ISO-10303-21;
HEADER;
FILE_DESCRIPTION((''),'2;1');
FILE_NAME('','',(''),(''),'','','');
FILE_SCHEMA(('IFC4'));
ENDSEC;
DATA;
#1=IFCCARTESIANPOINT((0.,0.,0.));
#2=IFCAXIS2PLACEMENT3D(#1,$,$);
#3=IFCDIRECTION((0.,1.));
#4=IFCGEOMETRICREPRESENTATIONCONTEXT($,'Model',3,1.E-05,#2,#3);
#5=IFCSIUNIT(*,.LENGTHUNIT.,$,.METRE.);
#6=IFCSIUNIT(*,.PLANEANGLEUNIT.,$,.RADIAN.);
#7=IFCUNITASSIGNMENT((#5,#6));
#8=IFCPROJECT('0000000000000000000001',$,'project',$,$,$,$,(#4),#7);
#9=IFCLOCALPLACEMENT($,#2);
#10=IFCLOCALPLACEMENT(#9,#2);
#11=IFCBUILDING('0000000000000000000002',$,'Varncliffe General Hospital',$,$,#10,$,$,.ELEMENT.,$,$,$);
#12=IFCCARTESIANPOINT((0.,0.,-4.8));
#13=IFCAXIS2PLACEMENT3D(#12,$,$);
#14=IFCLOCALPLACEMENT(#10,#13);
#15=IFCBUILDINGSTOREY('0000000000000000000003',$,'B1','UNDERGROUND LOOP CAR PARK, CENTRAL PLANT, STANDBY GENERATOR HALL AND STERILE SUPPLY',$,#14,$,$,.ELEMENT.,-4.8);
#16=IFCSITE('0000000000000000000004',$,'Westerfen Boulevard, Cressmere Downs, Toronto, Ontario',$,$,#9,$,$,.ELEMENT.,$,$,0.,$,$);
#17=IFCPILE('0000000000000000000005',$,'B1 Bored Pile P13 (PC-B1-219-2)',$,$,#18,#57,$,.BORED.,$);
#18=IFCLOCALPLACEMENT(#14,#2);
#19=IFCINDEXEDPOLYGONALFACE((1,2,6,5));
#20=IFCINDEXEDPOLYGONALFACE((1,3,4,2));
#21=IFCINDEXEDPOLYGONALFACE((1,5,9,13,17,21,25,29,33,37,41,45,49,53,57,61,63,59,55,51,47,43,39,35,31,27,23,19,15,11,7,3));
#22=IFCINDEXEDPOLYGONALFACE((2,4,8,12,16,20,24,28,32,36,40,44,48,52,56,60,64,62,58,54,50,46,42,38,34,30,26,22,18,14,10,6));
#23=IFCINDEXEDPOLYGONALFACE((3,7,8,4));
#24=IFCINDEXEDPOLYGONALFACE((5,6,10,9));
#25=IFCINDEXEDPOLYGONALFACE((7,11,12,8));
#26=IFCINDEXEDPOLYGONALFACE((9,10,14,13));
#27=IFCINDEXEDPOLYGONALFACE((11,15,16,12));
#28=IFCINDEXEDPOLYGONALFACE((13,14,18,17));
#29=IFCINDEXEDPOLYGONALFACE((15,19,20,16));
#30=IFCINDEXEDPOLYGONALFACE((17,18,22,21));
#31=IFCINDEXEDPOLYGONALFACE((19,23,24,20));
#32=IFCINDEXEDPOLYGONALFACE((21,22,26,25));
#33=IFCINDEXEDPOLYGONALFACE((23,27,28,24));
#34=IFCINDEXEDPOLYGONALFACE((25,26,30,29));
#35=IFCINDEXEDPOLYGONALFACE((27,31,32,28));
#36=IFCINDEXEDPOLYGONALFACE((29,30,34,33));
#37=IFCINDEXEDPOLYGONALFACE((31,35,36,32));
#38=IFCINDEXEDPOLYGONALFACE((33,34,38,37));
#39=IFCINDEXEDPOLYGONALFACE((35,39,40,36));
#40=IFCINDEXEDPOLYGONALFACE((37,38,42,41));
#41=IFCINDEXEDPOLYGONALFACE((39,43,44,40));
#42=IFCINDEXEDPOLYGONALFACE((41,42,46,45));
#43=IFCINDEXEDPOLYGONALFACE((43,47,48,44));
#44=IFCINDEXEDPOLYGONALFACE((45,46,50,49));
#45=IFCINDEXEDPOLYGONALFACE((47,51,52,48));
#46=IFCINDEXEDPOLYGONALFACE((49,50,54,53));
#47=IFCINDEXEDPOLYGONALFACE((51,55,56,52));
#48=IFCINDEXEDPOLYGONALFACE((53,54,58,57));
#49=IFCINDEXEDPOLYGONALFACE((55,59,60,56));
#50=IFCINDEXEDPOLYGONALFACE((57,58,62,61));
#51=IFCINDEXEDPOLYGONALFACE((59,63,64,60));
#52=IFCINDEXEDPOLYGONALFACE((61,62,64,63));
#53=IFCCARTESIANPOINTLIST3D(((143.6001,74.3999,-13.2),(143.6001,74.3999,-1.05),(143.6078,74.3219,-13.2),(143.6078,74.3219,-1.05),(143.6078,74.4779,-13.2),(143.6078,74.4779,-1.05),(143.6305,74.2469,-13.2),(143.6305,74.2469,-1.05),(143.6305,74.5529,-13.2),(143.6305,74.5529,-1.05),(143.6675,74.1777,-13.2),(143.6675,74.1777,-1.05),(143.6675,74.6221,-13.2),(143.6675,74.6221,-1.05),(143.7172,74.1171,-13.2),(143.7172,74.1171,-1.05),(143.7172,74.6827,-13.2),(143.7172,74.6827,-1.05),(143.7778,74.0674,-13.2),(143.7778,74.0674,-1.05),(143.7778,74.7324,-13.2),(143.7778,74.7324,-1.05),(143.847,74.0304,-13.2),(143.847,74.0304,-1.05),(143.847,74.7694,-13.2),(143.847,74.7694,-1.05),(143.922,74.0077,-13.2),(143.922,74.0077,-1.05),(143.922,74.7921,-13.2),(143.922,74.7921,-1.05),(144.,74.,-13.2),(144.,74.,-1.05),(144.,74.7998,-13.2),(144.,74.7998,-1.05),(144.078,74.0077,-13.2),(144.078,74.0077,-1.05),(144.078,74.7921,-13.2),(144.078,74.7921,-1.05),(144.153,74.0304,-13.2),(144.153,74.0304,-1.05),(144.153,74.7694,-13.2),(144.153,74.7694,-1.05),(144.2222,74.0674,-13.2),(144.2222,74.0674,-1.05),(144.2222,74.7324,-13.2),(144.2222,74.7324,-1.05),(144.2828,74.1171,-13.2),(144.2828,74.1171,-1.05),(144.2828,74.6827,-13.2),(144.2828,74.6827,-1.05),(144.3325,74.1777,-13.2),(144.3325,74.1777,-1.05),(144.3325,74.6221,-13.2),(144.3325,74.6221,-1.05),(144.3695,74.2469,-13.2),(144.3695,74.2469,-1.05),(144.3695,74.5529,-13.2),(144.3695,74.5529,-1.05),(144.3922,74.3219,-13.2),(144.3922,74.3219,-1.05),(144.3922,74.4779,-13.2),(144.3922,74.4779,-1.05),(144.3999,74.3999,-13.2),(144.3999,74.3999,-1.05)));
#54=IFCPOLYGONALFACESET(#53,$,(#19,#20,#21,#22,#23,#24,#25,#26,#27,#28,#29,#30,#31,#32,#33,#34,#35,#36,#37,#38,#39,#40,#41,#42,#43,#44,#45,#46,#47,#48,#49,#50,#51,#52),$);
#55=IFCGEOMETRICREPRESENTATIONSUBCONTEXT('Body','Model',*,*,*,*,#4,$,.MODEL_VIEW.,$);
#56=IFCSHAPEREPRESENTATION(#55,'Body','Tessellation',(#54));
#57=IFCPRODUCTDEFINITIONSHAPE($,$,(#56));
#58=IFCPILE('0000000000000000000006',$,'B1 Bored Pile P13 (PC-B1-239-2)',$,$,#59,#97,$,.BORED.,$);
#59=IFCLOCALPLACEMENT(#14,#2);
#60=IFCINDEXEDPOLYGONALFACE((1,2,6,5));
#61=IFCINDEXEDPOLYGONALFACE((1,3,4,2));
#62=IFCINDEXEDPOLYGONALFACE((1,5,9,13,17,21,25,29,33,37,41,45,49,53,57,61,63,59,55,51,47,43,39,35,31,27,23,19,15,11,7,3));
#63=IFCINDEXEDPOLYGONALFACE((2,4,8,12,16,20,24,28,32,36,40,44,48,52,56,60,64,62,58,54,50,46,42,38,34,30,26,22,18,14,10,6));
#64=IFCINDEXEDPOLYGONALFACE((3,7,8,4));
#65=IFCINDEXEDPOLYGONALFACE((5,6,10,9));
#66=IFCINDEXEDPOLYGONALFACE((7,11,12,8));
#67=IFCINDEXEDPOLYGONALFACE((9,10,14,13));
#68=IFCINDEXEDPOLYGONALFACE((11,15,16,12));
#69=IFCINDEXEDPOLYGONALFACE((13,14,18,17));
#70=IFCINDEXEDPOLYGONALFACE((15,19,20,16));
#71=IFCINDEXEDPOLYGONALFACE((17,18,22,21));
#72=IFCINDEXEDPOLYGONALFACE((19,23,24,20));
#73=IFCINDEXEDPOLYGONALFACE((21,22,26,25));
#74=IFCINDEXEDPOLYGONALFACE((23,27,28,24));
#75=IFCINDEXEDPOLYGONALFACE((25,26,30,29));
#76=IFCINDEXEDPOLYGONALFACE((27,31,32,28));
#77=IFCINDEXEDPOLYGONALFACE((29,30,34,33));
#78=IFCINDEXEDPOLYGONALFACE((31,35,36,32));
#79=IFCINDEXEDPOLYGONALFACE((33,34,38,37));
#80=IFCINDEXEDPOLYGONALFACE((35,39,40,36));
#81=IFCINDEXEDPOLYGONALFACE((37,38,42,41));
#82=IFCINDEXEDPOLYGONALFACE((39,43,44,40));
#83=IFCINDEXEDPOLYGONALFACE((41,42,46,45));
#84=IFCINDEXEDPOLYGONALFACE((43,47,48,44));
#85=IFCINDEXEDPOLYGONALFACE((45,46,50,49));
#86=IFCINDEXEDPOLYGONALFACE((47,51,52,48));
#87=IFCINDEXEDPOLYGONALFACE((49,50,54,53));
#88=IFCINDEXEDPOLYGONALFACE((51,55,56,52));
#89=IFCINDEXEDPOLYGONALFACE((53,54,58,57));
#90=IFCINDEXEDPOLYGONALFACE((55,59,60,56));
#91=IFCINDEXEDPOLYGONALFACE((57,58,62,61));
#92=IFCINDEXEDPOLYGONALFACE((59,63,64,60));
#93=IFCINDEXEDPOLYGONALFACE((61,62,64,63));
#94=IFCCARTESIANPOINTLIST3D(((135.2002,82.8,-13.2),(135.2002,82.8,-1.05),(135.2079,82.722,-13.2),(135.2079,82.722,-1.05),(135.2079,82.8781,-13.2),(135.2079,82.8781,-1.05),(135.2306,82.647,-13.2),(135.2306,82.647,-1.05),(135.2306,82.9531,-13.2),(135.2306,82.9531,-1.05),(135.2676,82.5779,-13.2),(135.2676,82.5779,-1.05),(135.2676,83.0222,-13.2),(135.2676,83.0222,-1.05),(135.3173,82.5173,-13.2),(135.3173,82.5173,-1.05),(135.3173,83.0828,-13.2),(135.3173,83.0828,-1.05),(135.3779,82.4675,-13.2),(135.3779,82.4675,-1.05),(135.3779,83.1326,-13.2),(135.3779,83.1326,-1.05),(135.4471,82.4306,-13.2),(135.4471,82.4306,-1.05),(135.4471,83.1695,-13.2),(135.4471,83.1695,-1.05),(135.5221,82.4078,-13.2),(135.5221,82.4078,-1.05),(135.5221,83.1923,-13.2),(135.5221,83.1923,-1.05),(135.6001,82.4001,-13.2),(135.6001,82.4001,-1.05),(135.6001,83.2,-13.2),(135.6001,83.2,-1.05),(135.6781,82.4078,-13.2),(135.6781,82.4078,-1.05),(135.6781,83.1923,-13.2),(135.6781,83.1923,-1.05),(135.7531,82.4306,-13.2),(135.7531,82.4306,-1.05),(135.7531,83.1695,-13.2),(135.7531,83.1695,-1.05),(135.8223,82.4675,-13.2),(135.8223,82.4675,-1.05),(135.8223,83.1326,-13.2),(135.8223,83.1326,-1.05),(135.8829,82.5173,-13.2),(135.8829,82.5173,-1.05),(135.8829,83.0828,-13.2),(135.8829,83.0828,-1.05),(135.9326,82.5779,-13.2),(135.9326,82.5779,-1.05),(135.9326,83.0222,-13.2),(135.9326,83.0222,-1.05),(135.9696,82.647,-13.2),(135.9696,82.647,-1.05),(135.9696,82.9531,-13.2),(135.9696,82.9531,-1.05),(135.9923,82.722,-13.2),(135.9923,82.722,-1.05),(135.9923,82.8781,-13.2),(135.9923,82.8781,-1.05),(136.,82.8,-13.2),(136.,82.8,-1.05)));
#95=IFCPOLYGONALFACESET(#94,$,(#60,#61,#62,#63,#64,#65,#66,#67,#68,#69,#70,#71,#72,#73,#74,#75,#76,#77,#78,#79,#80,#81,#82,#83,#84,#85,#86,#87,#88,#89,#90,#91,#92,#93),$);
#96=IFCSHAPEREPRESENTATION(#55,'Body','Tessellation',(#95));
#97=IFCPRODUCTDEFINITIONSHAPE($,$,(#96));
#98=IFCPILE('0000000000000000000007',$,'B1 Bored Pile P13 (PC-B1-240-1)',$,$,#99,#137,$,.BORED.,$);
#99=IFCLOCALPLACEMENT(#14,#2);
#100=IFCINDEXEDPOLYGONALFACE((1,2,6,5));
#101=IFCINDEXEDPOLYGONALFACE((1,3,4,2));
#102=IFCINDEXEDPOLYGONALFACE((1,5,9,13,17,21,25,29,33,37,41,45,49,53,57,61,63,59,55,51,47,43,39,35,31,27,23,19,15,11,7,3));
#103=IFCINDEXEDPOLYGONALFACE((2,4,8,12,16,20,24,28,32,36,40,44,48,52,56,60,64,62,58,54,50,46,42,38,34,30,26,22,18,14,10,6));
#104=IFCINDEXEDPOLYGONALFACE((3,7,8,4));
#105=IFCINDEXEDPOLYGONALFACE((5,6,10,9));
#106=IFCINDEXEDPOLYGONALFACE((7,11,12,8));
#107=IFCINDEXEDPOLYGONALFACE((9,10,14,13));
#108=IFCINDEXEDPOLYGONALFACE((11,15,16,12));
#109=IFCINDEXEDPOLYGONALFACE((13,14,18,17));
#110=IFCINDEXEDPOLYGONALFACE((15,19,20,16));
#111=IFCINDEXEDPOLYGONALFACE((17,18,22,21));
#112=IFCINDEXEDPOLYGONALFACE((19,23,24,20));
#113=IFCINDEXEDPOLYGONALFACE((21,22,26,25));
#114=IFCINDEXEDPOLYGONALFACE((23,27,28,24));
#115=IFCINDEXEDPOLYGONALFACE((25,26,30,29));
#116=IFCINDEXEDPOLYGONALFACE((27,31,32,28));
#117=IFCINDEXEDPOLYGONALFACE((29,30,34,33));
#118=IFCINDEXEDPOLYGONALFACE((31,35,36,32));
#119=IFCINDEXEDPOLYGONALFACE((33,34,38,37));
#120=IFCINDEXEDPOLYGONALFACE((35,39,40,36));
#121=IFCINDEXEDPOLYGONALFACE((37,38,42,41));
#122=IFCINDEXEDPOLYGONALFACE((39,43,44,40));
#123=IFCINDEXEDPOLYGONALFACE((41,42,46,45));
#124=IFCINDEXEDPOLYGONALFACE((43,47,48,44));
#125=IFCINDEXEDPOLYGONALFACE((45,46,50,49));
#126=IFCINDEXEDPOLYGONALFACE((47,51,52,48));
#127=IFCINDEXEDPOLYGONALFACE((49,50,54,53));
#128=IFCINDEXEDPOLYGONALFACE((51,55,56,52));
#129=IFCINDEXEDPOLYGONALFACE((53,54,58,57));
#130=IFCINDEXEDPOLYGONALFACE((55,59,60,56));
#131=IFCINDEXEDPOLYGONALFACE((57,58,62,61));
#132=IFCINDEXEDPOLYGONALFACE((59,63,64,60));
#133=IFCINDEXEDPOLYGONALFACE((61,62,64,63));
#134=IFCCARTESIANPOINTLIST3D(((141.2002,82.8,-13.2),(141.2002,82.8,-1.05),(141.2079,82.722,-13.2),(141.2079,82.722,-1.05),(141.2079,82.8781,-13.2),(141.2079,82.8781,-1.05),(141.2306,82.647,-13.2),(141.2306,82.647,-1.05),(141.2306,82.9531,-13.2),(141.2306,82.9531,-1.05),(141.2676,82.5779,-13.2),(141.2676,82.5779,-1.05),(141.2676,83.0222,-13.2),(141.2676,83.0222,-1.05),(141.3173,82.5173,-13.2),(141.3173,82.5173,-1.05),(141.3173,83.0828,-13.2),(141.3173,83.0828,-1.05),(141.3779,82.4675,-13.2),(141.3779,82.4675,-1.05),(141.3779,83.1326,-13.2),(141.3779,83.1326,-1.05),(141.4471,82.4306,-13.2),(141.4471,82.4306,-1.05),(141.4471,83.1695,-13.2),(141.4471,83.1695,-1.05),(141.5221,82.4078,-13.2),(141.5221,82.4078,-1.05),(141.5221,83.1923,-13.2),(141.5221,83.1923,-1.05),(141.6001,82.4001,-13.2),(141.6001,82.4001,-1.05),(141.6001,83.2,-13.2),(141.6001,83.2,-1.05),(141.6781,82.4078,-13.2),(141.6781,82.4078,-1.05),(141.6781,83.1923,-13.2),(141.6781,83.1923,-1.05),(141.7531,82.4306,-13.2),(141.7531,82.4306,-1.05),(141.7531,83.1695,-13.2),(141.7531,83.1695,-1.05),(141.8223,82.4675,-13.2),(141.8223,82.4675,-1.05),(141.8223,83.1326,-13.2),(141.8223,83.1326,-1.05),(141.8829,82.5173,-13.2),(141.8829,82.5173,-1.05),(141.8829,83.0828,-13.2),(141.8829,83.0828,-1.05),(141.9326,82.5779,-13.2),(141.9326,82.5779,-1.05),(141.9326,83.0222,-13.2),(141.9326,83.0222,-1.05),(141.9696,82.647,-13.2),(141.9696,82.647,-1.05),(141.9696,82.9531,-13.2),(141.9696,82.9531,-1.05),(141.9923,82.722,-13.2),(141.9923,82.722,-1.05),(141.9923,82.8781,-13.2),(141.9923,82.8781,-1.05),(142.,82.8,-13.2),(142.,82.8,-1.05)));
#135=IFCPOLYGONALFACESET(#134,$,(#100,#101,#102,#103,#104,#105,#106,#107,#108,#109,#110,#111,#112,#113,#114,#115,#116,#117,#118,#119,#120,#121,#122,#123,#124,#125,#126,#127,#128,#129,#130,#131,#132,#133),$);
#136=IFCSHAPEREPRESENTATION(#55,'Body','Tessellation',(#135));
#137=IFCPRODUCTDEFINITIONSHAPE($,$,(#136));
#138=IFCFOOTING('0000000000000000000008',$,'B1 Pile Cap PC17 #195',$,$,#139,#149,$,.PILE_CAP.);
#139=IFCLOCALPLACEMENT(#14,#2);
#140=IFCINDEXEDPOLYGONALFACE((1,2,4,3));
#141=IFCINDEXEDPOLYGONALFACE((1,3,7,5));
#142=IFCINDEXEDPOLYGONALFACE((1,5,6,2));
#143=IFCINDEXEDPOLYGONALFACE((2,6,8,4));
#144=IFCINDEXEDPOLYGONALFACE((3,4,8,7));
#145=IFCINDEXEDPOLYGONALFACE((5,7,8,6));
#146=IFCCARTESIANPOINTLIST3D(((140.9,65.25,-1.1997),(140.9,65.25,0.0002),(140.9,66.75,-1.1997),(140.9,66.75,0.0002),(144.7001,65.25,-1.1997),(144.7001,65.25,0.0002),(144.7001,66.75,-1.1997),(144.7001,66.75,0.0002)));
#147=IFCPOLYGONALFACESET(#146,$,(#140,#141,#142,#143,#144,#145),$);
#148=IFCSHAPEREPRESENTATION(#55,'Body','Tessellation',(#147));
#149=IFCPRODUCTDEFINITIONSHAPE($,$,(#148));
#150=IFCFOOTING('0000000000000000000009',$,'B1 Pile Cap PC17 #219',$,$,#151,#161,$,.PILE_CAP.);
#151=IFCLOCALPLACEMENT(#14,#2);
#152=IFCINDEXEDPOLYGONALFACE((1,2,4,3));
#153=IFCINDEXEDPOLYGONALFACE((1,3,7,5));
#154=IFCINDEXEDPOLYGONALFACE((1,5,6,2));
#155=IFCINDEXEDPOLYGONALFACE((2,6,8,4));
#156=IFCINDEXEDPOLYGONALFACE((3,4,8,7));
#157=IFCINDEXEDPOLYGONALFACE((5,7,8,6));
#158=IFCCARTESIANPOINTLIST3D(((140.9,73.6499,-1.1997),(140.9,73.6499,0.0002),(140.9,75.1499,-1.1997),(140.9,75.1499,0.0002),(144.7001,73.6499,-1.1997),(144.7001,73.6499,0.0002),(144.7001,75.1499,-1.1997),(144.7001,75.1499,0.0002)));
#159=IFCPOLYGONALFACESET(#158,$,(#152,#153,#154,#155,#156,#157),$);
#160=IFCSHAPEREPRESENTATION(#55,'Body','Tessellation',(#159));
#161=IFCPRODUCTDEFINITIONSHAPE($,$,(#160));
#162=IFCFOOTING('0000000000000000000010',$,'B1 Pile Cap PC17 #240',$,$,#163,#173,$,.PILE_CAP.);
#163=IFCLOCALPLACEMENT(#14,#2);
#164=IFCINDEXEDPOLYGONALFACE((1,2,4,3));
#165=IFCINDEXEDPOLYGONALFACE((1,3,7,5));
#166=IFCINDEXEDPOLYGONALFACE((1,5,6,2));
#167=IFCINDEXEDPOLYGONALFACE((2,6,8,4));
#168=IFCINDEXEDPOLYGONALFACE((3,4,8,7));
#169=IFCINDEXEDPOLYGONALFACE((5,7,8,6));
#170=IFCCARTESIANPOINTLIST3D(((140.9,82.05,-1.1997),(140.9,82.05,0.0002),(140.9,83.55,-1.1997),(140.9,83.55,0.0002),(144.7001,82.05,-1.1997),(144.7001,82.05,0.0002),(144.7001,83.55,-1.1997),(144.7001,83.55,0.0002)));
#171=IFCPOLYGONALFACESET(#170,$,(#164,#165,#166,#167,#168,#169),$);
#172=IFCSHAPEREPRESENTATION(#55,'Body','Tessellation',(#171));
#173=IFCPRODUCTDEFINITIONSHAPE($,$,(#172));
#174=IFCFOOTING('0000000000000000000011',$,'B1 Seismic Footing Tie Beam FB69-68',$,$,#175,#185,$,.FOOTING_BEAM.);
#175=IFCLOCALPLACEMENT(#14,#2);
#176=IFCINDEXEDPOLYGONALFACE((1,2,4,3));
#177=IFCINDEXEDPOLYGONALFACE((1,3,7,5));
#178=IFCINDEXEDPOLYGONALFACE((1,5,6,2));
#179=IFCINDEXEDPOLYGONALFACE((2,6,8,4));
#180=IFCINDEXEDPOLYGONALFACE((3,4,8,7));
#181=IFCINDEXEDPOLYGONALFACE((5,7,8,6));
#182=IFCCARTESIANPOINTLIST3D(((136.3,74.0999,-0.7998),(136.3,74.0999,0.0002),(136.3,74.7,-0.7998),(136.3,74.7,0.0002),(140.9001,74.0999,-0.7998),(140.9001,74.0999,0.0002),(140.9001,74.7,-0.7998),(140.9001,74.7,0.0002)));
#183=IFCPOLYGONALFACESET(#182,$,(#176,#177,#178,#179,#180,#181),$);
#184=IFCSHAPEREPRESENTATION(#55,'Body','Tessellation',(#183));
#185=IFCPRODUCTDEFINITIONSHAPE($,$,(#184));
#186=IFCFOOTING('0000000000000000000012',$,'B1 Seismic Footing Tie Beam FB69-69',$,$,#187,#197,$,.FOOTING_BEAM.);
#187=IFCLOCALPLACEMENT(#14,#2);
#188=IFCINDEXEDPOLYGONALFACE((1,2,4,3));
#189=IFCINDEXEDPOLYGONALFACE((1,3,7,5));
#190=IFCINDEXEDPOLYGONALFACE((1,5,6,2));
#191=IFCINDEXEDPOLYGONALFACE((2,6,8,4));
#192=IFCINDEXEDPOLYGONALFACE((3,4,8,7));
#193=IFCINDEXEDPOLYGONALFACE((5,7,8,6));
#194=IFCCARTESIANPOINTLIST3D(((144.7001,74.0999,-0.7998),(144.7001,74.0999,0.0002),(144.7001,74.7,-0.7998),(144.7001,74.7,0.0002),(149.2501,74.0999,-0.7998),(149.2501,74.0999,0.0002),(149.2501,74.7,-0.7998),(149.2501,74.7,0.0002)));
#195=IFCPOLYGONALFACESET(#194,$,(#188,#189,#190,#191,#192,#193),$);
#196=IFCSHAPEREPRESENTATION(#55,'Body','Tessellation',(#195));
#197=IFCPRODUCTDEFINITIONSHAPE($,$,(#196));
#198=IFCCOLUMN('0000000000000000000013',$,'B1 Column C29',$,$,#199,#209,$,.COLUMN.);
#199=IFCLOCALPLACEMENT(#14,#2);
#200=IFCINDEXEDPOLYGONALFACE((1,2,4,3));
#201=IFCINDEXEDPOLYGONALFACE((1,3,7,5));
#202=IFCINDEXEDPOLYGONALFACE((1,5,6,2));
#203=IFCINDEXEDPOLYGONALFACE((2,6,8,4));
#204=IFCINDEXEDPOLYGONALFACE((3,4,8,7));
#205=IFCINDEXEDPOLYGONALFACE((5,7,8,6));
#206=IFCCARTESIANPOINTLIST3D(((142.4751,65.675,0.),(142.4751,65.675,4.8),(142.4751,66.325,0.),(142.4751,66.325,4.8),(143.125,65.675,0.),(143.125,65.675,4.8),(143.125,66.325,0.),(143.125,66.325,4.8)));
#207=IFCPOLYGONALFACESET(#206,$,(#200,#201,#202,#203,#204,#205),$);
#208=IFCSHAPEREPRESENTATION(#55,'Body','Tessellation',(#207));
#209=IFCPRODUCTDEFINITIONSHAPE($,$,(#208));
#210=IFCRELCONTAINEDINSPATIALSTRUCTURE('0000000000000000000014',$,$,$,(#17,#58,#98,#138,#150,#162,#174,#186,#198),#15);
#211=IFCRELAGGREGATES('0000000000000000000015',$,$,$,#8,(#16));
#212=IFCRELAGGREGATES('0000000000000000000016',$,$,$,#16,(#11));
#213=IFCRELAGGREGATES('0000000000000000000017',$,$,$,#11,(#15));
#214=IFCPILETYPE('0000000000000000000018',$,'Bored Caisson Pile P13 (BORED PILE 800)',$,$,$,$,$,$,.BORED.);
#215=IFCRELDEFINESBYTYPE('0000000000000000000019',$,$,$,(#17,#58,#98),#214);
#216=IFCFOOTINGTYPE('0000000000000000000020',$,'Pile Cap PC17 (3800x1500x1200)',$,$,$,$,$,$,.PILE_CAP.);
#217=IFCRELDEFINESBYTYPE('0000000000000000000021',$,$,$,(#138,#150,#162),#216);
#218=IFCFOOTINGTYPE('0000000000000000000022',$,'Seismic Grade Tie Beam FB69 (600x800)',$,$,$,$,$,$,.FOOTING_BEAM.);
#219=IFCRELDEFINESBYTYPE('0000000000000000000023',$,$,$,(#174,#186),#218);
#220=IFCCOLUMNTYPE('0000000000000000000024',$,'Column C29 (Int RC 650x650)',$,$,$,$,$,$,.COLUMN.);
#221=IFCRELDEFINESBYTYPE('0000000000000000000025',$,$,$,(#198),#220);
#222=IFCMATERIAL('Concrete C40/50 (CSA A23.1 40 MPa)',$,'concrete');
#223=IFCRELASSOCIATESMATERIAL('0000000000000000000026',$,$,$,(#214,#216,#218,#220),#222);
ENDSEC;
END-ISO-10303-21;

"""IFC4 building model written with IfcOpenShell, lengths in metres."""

from ifc_helpers import new_model, si_unit, direction, frame, origin, origin_2d, place, context, subcontext, project, spatial, rectangle, circle, extrude, material, material_profile, profile_set, type_object, element, save


model = new_model("IFC4")

# Units and contexts
model_context = context("Model", 3, precision=1e-05, world=origin(), true_north=direction((0.0, 1.0)))
body_context = subcontext(model_context, "Body", "Model", "MODEL_VIEW")
ifc_project = project(units=[si_unit("LENGTHUNIT", "METRE"), si_unit("PLANEANGLEUNIT", "RADIAN")], contexts=[model_context])

# Site, building, storey
site_placement = place(None, origin())
site = spatial("IfcSite", under=ifc_project, at=site_placement, Name="Westerfen Boulevard, Cressmere Downs, Toronto, Ontario", CompositionType="ELEMENT", RefElevation=0.0)
building_placement = place(site_placement, origin())
building = spatial("IfcBuilding", under=site, at=building_placement, Name="Varncliffe General Hospital", CompositionType="ELEMENT")
storey_placement = place(building_placement, frame((0.0, 0.0, -4.8)))
storey = spatial("IfcBuildingStorey", under=building, at=storey_placement, Name="B1", Description="UNDERGROUND LOOP CAR PARK, CENTRAL PLANT, STANDBY GENERATOR HALL AND STERILE SUPPLY", CompositionType="ELEMENT", Elevation=-4.8)

# Piles
ifc_material_1 = material(Name="Concrete C40/50 (CSA A23.1 40 MPa)", Category="concrete")
ifc_material_profile_1 = material_profile(ifc_material_1, circle(Radius=0.3999, at=origin_2d()), Name="BORED PILE 800")
ifc_profile_set_1 = profile_set([ifc_material_profile_1], Name="Concrete C40/50 (CSA A23.1 40 MPa)")
pile_type = type_object("IfcPileType", Name="Bored Caisson Pile P13 (BORED PILE 800)", PredefinedType="BORED", material=ifc_profile_set_1)
for number, where, z_axis, x_axis, name in (
    (1, (144.0, 74.3999, -1.05), (0.0, 0.0, -1.0), (1.0, 0.0, 0.0), "B1 Bored Pile P13 (PC-B1-219-2)"),
    (2, (135.6001, 82.8, -1.05), (0.0, 0.0, -1.0), (1.0, 0.0, 0.0), "B1 Bored Pile P13 (PC-B1-239-2)"),
    (3, (141.6001, 82.8, -1.05), (0.0, 0.0, -1.0), (1.0, 0.0, 0.0), "B1 Bored Pile P13 (PC-B1-240-1)"),
):
    element("IfcPile", number, at=place(storey_placement, frame(where, z_axis=z_axis, x_axis=x_axis)), inside=storey, type_object=pile_type, Name=name, PredefinedType="BORED", context=body_context, shape_type="SweptSolid", body=[
        extrude(circle(Radius=0.3999, at=origin_2d()), origin(), (0.0, 0.0, 1.0), 12.1499),
    ])

# Footings
footing_type_1 = type_object("IfcFootingType", Name="Pile Cap PC17 (3800x1500x1200)", PredefinedType="PILE_CAP", material=ifc_material_1)
for number, where, z_axis, x_axis, name in (
    (4, (142.8, 66.0, -1.1997), (0.0, 0.0, 1.0), (1.0, 0.0, 0.0), "B1 Pile Cap PC17 #195"),
    (5, (142.8, 74.3999, -1.1997), (0.0, 0.0, 1.0), (1.0, 0.0, 0.0), "B1 Pile Cap PC17 #219"),
    (6, (142.8, 82.8, -1.1997), (0.0, 0.0, 1.0), (1.0, 0.0, 0.0), "B1 Pile Cap PC17 #240"),
):
    element("IfcFooting", number, at=place(storey_placement, frame(where, z_axis=z_axis, x_axis=x_axis)), inside=storey, type_object=footing_type_1, Name=name, PredefinedType="PILE_CAP", context=body_context, shape_type="SweptSolid", body=[
        extrude(rectangle(XDim=3.8, YDim=1.5, at=origin_2d()), origin(), (0.0, 0.0, 1.0), 1.2),
    ])
footing_type_2 = type_object("IfcFootingType", Name="Seismic Grade Tie Beam FB69 (600x800)", PredefinedType="FOOTING_BEAM", material=ifc_material_1)
footing_1_placement = place(storey_placement, frame((138.6001, 74.3999, -0.7998), z_axis=(0.0, 0.0, 1.0), x_axis=(1.0, 0.0, 0.0)))
element("IfcFooting", 7, at=footing_1_placement, inside=storey, type_object=footing_type_2, Name="B1 Seismic Footing Tie Beam FB69-68", PredefinedType="FOOTING_BEAM", context=body_context, shape_type="SweptSolid", body=[
    extrude(rectangle(XDim=4.6001, YDim=0.6001, at=origin_2d()), origin(), (0.0, 0.0, 1.0), 0.8),
])
footing_2_placement = place(storey_placement, frame((146.9751, 74.3999, -0.7998), z_axis=(0.0, 0.0, 1.0), x_axis=(1.0, 0.0, 0.0)))
element("IfcFooting", 8, at=footing_2_placement, inside=storey, type_object=footing_type_2, Name="B1 Seismic Footing Tie Beam FB69-69", PredefinedType="FOOTING_BEAM", context=body_context, shape_type="SweptSolid", body=[
    extrude(rectangle(XDim=4.55, YDim=0.6001, at=origin_2d()), origin(), (0.0, 0.0, 1.0), 0.8),
])

# Column
ifc_material_profile_2 = material_profile(ifc_material_1, rectangle(XDim=0.6499, YDim=0.6499, at=origin_2d()), Name="RC 650x650")
ifc_profile_set_2 = profile_set([ifc_material_profile_2], Name="Concrete C40/50 (CSA A23.1 40 MPa)")
column_type_1 = type_object("IfcColumnType", Name="Column C29 (Int RC 650x650)", PredefinedType="COLUMN", material=ifc_profile_set_2)
for number, where, z_axis, x_axis, name in (
    (9, (142.8, 66.0, 0.0), (0.0, 0.0, 1.0), (1.0, 0.0, 0.0), "B1 Column C29"),
):
    element("IfcColumn", number, at=place(storey_placement, frame(where, z_axis=z_axis, x_axis=x_axis)), inside=storey, type_object=column_type_1, Name=name, PredefinedType="COLUMN", context=body_context, shape_type="SweptSolid", body=[
        extrude(rectangle(XDim=0.6499, YDim=0.6499, at=origin_2d()), origin(), (0.0, 0.0, 1.0), 4.8),
    ])

save(model, "model.ifc")
